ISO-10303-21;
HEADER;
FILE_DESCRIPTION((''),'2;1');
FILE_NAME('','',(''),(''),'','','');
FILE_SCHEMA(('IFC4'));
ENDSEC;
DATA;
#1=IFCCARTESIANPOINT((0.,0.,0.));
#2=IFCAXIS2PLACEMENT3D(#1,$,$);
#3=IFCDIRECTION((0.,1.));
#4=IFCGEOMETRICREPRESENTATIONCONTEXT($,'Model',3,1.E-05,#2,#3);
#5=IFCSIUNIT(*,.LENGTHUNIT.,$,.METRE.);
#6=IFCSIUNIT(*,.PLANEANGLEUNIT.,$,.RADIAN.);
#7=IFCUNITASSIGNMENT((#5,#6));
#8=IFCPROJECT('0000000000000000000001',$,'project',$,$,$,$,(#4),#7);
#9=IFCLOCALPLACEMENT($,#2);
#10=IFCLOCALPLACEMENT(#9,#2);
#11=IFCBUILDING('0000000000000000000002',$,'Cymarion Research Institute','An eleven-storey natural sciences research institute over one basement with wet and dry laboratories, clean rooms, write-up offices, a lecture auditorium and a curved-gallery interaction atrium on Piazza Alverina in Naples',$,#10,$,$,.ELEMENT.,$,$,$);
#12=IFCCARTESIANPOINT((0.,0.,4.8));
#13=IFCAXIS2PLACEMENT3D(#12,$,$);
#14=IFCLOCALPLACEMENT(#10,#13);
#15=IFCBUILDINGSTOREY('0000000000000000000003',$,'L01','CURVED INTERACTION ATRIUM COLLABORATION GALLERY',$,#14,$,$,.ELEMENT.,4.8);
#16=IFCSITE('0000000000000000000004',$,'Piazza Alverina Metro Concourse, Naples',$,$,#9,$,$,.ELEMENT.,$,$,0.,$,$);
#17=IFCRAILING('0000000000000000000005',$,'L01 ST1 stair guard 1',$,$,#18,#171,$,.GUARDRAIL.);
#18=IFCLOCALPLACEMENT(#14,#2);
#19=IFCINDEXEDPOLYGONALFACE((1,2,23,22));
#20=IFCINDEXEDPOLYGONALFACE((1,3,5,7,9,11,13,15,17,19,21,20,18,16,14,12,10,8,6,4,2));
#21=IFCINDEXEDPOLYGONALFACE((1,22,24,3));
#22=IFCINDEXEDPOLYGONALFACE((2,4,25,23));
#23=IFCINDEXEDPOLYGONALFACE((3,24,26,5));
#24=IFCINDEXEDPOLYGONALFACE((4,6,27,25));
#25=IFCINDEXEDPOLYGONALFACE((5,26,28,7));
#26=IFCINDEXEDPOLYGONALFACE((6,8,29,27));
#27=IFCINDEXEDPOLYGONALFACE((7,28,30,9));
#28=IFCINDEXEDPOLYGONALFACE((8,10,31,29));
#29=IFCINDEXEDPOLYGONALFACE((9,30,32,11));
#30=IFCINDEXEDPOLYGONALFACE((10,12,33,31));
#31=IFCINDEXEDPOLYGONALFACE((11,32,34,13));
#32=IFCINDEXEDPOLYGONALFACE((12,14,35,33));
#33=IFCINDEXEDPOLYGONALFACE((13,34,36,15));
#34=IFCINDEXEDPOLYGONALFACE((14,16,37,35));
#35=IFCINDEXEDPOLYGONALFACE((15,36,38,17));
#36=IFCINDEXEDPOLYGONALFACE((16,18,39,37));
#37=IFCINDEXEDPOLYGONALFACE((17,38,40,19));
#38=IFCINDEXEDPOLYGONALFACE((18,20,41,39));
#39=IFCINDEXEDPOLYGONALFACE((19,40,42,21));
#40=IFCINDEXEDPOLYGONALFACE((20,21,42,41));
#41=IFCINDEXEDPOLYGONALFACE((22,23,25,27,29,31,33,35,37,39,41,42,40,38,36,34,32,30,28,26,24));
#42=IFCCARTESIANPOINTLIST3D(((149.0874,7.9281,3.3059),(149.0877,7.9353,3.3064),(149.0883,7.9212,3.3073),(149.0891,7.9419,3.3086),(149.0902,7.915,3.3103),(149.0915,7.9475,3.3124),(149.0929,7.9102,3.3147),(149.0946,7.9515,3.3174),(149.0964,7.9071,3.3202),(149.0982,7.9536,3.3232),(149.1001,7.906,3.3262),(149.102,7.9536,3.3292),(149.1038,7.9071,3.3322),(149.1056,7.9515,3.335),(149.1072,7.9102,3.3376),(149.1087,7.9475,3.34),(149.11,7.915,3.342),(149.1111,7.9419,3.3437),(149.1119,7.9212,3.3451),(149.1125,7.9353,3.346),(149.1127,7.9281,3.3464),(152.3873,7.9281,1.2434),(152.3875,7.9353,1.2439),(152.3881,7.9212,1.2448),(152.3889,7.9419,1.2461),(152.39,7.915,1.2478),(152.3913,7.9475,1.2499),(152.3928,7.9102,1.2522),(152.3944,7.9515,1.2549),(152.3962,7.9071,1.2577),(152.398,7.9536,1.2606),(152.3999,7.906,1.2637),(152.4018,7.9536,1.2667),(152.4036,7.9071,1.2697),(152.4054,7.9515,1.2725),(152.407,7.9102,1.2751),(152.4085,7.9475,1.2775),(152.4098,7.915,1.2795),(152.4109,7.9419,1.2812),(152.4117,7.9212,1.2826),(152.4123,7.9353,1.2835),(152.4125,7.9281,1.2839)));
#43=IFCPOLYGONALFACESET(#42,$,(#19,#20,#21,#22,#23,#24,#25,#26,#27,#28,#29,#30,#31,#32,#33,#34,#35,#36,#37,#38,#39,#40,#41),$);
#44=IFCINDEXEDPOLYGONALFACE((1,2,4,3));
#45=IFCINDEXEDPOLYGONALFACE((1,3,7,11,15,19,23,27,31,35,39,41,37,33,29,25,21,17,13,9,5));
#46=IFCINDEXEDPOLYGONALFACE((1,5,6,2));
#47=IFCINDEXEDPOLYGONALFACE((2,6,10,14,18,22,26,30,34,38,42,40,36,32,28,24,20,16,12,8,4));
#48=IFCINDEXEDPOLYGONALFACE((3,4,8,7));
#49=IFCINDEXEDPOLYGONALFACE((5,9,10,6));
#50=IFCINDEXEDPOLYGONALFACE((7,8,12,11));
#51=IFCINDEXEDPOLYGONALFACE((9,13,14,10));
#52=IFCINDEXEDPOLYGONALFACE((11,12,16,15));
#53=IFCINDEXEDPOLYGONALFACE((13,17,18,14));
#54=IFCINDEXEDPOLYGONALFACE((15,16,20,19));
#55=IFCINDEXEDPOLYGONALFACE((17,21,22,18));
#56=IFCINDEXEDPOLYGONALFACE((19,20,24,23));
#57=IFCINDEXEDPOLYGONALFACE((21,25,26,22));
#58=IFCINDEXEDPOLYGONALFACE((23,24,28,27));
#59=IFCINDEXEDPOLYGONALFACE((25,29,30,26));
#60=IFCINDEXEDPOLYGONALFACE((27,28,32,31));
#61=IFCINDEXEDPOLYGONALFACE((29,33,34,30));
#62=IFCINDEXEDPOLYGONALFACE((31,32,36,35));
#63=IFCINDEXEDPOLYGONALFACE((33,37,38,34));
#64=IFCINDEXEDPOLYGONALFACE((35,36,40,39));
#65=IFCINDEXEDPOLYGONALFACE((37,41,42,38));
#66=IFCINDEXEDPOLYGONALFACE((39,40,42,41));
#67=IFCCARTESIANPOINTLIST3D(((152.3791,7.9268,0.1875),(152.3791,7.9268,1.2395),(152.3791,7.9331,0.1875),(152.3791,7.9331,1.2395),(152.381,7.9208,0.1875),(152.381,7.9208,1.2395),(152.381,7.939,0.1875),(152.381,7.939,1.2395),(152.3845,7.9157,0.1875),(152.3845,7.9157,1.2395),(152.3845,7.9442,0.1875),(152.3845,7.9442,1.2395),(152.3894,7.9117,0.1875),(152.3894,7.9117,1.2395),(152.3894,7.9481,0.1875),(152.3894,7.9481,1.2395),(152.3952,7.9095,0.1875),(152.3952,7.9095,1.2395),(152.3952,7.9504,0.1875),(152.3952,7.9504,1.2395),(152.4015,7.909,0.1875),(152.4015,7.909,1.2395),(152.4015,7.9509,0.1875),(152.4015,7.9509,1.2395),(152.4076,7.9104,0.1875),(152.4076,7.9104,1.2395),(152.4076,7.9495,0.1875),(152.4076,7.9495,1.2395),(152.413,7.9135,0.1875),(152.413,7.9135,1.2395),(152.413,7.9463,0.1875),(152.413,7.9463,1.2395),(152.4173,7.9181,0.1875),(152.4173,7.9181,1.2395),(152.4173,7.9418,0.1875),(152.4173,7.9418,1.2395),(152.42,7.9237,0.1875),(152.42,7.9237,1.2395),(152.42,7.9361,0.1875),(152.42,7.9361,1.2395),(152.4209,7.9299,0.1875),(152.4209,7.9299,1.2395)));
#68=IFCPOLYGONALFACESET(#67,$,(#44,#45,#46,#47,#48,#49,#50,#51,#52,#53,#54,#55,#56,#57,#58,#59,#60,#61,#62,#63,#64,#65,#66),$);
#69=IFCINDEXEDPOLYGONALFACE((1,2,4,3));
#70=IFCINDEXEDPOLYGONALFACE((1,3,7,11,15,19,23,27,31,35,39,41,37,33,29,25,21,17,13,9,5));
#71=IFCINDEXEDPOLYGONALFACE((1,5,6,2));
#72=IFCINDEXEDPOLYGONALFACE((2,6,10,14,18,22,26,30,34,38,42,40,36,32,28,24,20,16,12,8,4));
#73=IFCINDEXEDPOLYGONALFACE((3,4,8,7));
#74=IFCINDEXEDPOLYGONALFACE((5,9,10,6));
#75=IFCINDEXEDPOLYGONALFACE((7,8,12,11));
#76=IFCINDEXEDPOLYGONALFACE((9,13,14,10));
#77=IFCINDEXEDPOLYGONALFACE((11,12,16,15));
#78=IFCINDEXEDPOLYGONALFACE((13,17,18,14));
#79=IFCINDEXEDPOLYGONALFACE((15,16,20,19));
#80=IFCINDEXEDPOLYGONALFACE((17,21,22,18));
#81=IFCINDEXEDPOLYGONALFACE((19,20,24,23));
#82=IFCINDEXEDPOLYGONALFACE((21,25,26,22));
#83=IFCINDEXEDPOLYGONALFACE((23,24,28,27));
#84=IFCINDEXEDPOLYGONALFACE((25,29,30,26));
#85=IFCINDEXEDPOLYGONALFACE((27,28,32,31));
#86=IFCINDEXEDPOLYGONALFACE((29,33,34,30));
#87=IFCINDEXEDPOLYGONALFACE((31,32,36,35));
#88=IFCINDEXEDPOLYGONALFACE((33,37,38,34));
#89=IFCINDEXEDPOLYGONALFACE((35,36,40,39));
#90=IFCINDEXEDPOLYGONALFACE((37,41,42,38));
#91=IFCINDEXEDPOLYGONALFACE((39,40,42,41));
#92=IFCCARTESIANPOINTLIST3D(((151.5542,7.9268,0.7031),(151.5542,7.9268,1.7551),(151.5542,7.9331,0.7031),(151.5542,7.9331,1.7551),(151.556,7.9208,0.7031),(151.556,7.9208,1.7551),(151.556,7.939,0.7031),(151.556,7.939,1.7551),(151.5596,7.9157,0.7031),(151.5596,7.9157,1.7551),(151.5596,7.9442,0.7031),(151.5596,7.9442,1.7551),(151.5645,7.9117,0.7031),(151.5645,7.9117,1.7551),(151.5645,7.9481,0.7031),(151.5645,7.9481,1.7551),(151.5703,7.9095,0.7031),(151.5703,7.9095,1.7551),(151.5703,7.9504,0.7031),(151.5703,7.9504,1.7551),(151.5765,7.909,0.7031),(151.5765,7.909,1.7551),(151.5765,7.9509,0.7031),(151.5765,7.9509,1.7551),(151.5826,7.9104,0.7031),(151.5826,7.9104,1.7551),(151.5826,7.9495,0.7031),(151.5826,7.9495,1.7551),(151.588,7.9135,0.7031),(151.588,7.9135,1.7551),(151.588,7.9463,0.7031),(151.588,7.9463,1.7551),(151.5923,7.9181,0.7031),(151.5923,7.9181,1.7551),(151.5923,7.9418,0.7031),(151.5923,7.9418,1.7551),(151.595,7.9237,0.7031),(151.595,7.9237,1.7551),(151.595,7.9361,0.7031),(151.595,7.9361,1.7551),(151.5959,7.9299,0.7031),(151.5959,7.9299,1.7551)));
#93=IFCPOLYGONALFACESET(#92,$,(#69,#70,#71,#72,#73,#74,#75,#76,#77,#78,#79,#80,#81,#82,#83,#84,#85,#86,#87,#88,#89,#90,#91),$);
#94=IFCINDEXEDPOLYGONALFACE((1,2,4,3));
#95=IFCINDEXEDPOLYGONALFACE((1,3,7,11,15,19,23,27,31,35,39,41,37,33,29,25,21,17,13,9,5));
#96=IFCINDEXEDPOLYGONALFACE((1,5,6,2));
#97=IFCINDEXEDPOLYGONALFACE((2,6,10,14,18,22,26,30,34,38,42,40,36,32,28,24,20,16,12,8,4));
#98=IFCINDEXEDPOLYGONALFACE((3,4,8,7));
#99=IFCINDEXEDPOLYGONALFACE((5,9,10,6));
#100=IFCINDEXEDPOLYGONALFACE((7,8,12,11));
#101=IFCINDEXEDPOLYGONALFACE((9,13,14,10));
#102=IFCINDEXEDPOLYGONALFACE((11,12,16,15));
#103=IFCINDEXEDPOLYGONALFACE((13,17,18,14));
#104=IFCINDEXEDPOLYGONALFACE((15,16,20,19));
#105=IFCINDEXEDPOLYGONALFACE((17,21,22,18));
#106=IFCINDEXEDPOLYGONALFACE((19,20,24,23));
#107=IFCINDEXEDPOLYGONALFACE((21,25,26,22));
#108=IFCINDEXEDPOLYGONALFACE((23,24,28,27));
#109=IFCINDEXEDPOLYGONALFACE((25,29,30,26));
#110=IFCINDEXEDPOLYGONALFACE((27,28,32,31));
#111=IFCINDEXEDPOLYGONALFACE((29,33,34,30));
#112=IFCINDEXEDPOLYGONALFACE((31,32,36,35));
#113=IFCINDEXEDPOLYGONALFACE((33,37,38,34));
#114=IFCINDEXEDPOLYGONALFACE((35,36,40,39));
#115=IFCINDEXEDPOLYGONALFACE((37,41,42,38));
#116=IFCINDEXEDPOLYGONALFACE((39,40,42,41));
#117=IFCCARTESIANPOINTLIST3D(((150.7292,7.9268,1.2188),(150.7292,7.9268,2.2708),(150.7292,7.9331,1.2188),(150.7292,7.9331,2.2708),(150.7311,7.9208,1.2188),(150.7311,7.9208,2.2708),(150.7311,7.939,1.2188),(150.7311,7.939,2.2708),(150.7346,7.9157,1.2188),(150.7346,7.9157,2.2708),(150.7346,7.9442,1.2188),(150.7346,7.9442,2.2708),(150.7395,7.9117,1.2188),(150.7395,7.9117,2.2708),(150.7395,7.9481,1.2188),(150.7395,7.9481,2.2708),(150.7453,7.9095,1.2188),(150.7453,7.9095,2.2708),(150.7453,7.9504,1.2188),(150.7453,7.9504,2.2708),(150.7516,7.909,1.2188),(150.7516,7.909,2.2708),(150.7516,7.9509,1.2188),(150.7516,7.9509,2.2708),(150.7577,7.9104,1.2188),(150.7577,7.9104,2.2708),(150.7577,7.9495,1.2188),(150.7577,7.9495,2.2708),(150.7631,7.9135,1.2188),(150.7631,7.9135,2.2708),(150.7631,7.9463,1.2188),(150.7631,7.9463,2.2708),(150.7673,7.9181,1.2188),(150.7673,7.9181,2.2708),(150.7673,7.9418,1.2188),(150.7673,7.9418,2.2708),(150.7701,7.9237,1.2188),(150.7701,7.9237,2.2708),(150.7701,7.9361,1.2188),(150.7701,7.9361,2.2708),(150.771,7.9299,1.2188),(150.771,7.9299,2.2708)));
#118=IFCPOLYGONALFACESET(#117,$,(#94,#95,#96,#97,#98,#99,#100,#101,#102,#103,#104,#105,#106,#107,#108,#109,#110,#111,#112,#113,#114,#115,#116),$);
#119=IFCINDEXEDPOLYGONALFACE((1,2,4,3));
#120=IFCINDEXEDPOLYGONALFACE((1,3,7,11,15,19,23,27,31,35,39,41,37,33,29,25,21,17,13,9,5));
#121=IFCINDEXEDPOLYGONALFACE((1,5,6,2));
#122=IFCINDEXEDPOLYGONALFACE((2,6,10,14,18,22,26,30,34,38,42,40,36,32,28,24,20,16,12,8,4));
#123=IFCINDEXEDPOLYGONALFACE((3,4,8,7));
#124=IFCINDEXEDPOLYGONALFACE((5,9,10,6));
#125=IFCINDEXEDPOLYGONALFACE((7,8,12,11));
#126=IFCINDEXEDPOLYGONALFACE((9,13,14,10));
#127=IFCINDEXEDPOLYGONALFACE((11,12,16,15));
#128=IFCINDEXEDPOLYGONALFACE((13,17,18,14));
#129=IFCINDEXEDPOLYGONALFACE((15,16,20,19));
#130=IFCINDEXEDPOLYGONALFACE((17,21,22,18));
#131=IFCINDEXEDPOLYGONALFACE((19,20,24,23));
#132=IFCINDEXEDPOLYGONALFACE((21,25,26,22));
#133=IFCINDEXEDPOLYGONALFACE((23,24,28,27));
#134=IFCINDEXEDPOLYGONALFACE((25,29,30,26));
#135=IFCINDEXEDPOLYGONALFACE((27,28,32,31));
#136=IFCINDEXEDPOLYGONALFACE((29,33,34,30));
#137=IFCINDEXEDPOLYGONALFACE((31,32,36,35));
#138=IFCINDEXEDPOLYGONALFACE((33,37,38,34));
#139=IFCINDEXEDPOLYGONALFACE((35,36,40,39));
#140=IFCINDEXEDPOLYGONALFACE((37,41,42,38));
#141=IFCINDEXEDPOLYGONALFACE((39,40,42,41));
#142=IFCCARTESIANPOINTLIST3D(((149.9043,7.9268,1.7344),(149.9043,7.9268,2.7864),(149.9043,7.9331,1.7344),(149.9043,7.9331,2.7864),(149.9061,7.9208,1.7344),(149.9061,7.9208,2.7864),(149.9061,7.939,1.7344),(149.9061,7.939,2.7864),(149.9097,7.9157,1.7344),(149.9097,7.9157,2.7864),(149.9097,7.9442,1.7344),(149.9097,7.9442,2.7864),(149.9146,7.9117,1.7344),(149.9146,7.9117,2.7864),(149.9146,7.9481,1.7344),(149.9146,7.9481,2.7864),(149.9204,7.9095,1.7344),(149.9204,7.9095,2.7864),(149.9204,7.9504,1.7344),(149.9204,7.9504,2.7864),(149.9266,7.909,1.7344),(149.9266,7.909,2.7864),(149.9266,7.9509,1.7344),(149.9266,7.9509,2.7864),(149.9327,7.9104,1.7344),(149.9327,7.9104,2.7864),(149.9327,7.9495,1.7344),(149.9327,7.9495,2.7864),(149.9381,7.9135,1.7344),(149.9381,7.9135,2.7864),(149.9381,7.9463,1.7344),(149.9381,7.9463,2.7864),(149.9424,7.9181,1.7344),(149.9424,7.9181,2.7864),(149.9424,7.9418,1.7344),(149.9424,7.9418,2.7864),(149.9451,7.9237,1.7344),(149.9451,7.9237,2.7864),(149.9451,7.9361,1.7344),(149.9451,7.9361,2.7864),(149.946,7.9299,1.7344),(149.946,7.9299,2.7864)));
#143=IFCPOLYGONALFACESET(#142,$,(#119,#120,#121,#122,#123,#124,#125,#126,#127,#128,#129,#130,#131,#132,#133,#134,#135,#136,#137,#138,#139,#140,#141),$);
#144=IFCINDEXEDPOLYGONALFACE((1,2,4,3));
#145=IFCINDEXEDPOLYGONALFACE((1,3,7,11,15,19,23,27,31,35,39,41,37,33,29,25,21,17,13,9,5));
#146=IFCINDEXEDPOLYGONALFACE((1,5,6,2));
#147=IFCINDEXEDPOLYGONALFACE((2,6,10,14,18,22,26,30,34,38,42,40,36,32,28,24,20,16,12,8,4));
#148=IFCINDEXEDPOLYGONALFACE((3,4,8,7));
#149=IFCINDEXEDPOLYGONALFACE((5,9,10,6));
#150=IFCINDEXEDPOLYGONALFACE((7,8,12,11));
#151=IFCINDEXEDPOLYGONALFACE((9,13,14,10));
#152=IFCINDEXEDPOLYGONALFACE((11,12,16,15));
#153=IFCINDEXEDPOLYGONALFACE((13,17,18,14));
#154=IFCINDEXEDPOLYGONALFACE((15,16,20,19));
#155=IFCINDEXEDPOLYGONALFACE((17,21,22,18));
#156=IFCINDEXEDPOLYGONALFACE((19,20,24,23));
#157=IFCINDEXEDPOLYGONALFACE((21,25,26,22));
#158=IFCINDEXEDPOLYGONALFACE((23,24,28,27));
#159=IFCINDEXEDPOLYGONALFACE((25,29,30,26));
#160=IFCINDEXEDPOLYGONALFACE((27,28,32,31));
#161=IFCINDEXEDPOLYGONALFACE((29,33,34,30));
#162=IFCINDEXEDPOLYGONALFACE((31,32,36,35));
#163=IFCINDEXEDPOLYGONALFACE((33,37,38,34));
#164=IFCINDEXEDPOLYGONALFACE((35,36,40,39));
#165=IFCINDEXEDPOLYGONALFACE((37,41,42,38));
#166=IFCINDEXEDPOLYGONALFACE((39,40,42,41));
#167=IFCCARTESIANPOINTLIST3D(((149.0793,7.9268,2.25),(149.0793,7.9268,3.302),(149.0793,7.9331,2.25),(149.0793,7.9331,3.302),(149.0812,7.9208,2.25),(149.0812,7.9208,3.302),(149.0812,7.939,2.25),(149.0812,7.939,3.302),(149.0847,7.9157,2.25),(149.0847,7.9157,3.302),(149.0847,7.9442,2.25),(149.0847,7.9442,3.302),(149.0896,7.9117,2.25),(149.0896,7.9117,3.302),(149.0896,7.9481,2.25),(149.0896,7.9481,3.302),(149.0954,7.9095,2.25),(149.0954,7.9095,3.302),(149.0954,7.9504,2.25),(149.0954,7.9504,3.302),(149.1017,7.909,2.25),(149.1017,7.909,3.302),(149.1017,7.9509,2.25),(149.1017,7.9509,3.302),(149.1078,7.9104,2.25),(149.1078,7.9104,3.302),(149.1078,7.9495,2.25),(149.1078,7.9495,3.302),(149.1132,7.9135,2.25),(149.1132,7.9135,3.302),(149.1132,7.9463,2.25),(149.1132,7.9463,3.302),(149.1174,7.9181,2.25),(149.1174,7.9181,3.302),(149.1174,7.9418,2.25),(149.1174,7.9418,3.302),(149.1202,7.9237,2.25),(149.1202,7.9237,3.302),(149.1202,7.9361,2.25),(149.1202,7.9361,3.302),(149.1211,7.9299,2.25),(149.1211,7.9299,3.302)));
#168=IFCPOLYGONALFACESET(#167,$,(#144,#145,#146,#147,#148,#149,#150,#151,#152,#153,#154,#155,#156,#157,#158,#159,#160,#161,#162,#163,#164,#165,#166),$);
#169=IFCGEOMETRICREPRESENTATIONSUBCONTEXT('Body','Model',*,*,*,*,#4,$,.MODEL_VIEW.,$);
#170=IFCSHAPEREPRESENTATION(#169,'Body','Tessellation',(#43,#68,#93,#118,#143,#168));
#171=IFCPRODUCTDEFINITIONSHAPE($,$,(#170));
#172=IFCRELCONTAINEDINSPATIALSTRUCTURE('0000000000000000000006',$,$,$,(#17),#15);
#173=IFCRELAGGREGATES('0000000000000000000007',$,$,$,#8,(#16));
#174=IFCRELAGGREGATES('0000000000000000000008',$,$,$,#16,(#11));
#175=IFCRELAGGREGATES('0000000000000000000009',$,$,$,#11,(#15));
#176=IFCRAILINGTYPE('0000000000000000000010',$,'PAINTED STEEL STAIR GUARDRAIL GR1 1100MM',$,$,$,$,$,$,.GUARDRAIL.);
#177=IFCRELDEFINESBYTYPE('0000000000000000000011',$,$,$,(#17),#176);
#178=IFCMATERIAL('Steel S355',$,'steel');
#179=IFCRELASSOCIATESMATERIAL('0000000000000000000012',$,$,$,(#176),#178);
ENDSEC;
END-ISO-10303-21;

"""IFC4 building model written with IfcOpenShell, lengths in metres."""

from ifc_helpers import new_model, si_unit, direction, frame, origin, origin_2d, place, context, subcontext, project, spatial, circle, extrude, material, type_object, element, save


model = new_model("IFC4")

# Units and contexts
model_context = context("Model", 3, precision=1e-05, world=origin(), true_north=direction((0.0, 1.0)))
body_context = subcontext(model_context, "Body", "Model", "MODEL_VIEW")
ifc_project = project(units=[si_unit("LENGTHUNIT", "METRE"), si_unit("PLANEANGLEUNIT", "RADIAN")], contexts=[model_context])

# Site, building, storey
site_placement = place(None, origin())
site = spatial("IfcSite", under=ifc_project, at=site_placement, Name="Piazza Alverina Metro Concourse, Naples", CompositionType="ELEMENT", RefElevation=0.0)
building_placement = place(site_placement, origin())
building = spatial("IfcBuilding", under=site, at=building_placement, Name="Cymarion Research Institute", Description="An eleven-storey natural sciences research institute over one basement with wet and dry laboratories, clean rooms, write-up offices, a lecture auditorium and a curved-gallery interaction atrium on Piazza Alverina in Naples", CompositionType="ELEMENT")
storey_placement = place(building_placement, frame((0.0, 0.0, 4.8)))
storey = spatial("IfcBuildingStorey", under=building, at=storey_placement, Name="L01", Description="CURVED INTERACTION ATRIUM COLLABORATION GALLERY", CompositionType="ELEMENT", Elevation=4.8)

# Shared definitions
ifc_material_1 = material(Name="Steel S355", Category="steel")

# Railing
railing_type = type_object("IfcRailingType", Name="PAINTED STEEL STAIR GUARDRAIL GR1 1100MM", PredefinedType="GUARDRAIL", material=ifc_material_1)
railing_1_placement = place(storey_placement, frame((152.3999, 7.9299, 0.1875)))
element("IfcRailing", 1, at=railing_1_placement, inside=storey, type_object=railing_type, Name="L01 ST1 stair guard 1", PredefinedType="GUARDRAIL", context=body_context, shape_type="SweptSolid", body=[
    extrude(circle(Radius=0.0239, at=origin_2d()), frame((0.0, 0.0, 1.0762), z_axis=(-0.847984, 0.0, 0.530021), x_axis=(0.0, -1.0, 0.0)), (0.0, 0.0, 1.0), 3.8914),
    extrude(circle(Radius=0.021, at=origin_2d()), origin(), (0.0, 0.0, 1.0), 1.052),
    extrude(circle(Radius=0.021, at=origin_2d()), frame((-0.825, 0.0, 0.5156)), (0.0, 0.0, 1.0), 1.052),
    extrude(circle(Radius=0.021, at=origin_2d()), frame((-1.6499, 0.0, 1.0312)), (0.0, 0.0, 1.0), 1.052),
    extrude(circle(Radius=0.021, at=origin_2d()), frame((-2.4749, 0.0, 1.5469)), (0.0, 0.0, 1.0), 1.052),
    extrude(circle(Radius=0.021, at=origin_2d()), frame((-3.2998, 0.0, 2.0625)), (0.0, 0.0, 1.0), 1.052),
])

save(model, "model.ifc")
